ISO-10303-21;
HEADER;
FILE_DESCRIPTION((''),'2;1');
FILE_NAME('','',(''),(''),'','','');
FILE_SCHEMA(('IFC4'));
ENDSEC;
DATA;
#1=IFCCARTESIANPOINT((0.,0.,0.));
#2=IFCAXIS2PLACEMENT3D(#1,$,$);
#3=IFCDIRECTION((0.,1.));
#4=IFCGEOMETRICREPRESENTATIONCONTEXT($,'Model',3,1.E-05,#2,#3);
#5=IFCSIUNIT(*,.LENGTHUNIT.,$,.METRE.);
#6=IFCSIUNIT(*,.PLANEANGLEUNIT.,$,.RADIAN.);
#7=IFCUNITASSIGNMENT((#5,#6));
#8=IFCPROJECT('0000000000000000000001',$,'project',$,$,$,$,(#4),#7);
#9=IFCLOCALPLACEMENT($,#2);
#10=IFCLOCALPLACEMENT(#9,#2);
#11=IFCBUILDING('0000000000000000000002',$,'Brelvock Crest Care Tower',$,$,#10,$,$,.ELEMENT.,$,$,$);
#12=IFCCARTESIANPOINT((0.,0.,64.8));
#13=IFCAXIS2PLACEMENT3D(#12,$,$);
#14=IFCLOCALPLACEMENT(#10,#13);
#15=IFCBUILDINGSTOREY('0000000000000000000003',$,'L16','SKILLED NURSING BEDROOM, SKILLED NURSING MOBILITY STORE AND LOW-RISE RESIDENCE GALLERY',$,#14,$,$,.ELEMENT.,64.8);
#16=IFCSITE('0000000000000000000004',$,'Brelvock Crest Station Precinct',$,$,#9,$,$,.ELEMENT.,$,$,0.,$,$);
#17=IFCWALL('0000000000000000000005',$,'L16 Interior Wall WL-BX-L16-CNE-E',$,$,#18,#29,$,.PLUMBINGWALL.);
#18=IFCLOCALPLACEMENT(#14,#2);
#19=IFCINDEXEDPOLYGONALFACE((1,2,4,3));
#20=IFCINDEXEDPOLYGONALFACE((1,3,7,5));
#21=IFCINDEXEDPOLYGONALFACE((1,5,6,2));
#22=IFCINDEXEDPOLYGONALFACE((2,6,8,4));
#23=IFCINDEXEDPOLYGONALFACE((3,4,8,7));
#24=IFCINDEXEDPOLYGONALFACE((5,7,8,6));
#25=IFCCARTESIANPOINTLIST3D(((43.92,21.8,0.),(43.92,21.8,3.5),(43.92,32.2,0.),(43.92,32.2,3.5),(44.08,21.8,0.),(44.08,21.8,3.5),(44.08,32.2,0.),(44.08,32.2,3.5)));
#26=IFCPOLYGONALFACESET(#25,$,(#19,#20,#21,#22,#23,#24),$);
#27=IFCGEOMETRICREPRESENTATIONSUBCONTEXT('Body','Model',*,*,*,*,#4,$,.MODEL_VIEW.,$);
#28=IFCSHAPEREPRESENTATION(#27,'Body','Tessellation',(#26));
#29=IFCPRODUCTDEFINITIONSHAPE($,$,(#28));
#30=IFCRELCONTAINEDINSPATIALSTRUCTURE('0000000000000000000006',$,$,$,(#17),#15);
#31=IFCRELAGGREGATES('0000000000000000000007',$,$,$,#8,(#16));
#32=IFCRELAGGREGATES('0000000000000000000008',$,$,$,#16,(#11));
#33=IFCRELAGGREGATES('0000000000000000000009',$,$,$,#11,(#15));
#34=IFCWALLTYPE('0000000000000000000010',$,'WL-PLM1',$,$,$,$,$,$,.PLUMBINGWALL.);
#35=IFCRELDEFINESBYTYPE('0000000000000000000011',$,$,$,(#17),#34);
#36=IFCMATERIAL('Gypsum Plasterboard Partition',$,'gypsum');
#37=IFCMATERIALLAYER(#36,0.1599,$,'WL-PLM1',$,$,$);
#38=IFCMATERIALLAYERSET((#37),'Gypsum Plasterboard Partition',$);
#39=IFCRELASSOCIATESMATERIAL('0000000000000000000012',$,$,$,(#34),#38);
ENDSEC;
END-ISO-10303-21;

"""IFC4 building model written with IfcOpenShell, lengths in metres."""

from ifc_helpers import new_model, si_unit, direction, frame, frame_2d, origin, place, context, subcontext, project, spatial, rectangle, extrude, material, layer, layer_set, type_object, element, save


model = new_model("IFC4")

# Units and contexts
model_context = context("Model", 3, precision=1e-05, world=origin(), true_north=direction((0.0, 1.0)))
body_context = subcontext(model_context, "Body", "Model", "MODEL_VIEW")
ifc_project = project(units=[si_unit("LENGTHUNIT", "METRE"), si_unit("PLANEANGLEUNIT", "RADIAN")], contexts=[model_context])

# Site, building, storey
site_placement = place(None, origin())
site = spatial("IfcSite", under=ifc_project, at=site_placement, Name="Brelvock Crest Station Precinct", CompositionType="ELEMENT", RefElevation=0.0)
building_placement = place(site_placement, origin())
building = spatial("IfcBuilding", under=site, at=building_placement, Name="Brelvock Crest Care Tower", CompositionType="ELEMENT")
storey_placement = place(building_placement, frame((0.0, 0.0, 64.8)))
storey = spatial("IfcBuildingStorey", under=building, at=storey_placement, Name="L16", Description="SKILLED NURSING BEDROOM, SKILLED NURSING MOBILITY STORE AND LOW-RISE RESIDENCE GALLERY", CompositionType="ELEMENT", Elevation=64.8)

# Shared definitions
ifc_material_1 = material(Name="Gypsum Plasterboard Partition", Category="gypsum")
ifc_layer_1 = layer(ifc_material_1, 0.1599, Name="WL-PLM1")
ifc_layer_set_1 = layer_set([ifc_layer_1], Name="Gypsum Plasterboard Partition")
wall_type_1 = type_object("IfcWallType", Name="WL-PLM1", PredefinedType="PLUMBINGWALL", material=ifc_layer_set_1)

# Wall
wall_1_placement = place(storey_placement, frame((44.0, 21.8, 0.0), z_axis=(0.0, 0.0, 1.0), x_axis=(0.0, 1.0, 0.0)))
element("IfcWall", 1, at=wall_1_placement, inside=storey, type_object=wall_type_1, Name="L16 Interior Wall WL-BX-L16-CNE-E", PredefinedType="PLUMBINGWALL", context=body_context, shape_type="SweptSolid", body=[
    extrude(rectangle(XDim=10.3999, YDim=0.1599, at=frame_2d((5.2, 0.0))), origin(), (0.0, 0.0, 1.0), 3.5),
])

save(model, "model.ifc")
